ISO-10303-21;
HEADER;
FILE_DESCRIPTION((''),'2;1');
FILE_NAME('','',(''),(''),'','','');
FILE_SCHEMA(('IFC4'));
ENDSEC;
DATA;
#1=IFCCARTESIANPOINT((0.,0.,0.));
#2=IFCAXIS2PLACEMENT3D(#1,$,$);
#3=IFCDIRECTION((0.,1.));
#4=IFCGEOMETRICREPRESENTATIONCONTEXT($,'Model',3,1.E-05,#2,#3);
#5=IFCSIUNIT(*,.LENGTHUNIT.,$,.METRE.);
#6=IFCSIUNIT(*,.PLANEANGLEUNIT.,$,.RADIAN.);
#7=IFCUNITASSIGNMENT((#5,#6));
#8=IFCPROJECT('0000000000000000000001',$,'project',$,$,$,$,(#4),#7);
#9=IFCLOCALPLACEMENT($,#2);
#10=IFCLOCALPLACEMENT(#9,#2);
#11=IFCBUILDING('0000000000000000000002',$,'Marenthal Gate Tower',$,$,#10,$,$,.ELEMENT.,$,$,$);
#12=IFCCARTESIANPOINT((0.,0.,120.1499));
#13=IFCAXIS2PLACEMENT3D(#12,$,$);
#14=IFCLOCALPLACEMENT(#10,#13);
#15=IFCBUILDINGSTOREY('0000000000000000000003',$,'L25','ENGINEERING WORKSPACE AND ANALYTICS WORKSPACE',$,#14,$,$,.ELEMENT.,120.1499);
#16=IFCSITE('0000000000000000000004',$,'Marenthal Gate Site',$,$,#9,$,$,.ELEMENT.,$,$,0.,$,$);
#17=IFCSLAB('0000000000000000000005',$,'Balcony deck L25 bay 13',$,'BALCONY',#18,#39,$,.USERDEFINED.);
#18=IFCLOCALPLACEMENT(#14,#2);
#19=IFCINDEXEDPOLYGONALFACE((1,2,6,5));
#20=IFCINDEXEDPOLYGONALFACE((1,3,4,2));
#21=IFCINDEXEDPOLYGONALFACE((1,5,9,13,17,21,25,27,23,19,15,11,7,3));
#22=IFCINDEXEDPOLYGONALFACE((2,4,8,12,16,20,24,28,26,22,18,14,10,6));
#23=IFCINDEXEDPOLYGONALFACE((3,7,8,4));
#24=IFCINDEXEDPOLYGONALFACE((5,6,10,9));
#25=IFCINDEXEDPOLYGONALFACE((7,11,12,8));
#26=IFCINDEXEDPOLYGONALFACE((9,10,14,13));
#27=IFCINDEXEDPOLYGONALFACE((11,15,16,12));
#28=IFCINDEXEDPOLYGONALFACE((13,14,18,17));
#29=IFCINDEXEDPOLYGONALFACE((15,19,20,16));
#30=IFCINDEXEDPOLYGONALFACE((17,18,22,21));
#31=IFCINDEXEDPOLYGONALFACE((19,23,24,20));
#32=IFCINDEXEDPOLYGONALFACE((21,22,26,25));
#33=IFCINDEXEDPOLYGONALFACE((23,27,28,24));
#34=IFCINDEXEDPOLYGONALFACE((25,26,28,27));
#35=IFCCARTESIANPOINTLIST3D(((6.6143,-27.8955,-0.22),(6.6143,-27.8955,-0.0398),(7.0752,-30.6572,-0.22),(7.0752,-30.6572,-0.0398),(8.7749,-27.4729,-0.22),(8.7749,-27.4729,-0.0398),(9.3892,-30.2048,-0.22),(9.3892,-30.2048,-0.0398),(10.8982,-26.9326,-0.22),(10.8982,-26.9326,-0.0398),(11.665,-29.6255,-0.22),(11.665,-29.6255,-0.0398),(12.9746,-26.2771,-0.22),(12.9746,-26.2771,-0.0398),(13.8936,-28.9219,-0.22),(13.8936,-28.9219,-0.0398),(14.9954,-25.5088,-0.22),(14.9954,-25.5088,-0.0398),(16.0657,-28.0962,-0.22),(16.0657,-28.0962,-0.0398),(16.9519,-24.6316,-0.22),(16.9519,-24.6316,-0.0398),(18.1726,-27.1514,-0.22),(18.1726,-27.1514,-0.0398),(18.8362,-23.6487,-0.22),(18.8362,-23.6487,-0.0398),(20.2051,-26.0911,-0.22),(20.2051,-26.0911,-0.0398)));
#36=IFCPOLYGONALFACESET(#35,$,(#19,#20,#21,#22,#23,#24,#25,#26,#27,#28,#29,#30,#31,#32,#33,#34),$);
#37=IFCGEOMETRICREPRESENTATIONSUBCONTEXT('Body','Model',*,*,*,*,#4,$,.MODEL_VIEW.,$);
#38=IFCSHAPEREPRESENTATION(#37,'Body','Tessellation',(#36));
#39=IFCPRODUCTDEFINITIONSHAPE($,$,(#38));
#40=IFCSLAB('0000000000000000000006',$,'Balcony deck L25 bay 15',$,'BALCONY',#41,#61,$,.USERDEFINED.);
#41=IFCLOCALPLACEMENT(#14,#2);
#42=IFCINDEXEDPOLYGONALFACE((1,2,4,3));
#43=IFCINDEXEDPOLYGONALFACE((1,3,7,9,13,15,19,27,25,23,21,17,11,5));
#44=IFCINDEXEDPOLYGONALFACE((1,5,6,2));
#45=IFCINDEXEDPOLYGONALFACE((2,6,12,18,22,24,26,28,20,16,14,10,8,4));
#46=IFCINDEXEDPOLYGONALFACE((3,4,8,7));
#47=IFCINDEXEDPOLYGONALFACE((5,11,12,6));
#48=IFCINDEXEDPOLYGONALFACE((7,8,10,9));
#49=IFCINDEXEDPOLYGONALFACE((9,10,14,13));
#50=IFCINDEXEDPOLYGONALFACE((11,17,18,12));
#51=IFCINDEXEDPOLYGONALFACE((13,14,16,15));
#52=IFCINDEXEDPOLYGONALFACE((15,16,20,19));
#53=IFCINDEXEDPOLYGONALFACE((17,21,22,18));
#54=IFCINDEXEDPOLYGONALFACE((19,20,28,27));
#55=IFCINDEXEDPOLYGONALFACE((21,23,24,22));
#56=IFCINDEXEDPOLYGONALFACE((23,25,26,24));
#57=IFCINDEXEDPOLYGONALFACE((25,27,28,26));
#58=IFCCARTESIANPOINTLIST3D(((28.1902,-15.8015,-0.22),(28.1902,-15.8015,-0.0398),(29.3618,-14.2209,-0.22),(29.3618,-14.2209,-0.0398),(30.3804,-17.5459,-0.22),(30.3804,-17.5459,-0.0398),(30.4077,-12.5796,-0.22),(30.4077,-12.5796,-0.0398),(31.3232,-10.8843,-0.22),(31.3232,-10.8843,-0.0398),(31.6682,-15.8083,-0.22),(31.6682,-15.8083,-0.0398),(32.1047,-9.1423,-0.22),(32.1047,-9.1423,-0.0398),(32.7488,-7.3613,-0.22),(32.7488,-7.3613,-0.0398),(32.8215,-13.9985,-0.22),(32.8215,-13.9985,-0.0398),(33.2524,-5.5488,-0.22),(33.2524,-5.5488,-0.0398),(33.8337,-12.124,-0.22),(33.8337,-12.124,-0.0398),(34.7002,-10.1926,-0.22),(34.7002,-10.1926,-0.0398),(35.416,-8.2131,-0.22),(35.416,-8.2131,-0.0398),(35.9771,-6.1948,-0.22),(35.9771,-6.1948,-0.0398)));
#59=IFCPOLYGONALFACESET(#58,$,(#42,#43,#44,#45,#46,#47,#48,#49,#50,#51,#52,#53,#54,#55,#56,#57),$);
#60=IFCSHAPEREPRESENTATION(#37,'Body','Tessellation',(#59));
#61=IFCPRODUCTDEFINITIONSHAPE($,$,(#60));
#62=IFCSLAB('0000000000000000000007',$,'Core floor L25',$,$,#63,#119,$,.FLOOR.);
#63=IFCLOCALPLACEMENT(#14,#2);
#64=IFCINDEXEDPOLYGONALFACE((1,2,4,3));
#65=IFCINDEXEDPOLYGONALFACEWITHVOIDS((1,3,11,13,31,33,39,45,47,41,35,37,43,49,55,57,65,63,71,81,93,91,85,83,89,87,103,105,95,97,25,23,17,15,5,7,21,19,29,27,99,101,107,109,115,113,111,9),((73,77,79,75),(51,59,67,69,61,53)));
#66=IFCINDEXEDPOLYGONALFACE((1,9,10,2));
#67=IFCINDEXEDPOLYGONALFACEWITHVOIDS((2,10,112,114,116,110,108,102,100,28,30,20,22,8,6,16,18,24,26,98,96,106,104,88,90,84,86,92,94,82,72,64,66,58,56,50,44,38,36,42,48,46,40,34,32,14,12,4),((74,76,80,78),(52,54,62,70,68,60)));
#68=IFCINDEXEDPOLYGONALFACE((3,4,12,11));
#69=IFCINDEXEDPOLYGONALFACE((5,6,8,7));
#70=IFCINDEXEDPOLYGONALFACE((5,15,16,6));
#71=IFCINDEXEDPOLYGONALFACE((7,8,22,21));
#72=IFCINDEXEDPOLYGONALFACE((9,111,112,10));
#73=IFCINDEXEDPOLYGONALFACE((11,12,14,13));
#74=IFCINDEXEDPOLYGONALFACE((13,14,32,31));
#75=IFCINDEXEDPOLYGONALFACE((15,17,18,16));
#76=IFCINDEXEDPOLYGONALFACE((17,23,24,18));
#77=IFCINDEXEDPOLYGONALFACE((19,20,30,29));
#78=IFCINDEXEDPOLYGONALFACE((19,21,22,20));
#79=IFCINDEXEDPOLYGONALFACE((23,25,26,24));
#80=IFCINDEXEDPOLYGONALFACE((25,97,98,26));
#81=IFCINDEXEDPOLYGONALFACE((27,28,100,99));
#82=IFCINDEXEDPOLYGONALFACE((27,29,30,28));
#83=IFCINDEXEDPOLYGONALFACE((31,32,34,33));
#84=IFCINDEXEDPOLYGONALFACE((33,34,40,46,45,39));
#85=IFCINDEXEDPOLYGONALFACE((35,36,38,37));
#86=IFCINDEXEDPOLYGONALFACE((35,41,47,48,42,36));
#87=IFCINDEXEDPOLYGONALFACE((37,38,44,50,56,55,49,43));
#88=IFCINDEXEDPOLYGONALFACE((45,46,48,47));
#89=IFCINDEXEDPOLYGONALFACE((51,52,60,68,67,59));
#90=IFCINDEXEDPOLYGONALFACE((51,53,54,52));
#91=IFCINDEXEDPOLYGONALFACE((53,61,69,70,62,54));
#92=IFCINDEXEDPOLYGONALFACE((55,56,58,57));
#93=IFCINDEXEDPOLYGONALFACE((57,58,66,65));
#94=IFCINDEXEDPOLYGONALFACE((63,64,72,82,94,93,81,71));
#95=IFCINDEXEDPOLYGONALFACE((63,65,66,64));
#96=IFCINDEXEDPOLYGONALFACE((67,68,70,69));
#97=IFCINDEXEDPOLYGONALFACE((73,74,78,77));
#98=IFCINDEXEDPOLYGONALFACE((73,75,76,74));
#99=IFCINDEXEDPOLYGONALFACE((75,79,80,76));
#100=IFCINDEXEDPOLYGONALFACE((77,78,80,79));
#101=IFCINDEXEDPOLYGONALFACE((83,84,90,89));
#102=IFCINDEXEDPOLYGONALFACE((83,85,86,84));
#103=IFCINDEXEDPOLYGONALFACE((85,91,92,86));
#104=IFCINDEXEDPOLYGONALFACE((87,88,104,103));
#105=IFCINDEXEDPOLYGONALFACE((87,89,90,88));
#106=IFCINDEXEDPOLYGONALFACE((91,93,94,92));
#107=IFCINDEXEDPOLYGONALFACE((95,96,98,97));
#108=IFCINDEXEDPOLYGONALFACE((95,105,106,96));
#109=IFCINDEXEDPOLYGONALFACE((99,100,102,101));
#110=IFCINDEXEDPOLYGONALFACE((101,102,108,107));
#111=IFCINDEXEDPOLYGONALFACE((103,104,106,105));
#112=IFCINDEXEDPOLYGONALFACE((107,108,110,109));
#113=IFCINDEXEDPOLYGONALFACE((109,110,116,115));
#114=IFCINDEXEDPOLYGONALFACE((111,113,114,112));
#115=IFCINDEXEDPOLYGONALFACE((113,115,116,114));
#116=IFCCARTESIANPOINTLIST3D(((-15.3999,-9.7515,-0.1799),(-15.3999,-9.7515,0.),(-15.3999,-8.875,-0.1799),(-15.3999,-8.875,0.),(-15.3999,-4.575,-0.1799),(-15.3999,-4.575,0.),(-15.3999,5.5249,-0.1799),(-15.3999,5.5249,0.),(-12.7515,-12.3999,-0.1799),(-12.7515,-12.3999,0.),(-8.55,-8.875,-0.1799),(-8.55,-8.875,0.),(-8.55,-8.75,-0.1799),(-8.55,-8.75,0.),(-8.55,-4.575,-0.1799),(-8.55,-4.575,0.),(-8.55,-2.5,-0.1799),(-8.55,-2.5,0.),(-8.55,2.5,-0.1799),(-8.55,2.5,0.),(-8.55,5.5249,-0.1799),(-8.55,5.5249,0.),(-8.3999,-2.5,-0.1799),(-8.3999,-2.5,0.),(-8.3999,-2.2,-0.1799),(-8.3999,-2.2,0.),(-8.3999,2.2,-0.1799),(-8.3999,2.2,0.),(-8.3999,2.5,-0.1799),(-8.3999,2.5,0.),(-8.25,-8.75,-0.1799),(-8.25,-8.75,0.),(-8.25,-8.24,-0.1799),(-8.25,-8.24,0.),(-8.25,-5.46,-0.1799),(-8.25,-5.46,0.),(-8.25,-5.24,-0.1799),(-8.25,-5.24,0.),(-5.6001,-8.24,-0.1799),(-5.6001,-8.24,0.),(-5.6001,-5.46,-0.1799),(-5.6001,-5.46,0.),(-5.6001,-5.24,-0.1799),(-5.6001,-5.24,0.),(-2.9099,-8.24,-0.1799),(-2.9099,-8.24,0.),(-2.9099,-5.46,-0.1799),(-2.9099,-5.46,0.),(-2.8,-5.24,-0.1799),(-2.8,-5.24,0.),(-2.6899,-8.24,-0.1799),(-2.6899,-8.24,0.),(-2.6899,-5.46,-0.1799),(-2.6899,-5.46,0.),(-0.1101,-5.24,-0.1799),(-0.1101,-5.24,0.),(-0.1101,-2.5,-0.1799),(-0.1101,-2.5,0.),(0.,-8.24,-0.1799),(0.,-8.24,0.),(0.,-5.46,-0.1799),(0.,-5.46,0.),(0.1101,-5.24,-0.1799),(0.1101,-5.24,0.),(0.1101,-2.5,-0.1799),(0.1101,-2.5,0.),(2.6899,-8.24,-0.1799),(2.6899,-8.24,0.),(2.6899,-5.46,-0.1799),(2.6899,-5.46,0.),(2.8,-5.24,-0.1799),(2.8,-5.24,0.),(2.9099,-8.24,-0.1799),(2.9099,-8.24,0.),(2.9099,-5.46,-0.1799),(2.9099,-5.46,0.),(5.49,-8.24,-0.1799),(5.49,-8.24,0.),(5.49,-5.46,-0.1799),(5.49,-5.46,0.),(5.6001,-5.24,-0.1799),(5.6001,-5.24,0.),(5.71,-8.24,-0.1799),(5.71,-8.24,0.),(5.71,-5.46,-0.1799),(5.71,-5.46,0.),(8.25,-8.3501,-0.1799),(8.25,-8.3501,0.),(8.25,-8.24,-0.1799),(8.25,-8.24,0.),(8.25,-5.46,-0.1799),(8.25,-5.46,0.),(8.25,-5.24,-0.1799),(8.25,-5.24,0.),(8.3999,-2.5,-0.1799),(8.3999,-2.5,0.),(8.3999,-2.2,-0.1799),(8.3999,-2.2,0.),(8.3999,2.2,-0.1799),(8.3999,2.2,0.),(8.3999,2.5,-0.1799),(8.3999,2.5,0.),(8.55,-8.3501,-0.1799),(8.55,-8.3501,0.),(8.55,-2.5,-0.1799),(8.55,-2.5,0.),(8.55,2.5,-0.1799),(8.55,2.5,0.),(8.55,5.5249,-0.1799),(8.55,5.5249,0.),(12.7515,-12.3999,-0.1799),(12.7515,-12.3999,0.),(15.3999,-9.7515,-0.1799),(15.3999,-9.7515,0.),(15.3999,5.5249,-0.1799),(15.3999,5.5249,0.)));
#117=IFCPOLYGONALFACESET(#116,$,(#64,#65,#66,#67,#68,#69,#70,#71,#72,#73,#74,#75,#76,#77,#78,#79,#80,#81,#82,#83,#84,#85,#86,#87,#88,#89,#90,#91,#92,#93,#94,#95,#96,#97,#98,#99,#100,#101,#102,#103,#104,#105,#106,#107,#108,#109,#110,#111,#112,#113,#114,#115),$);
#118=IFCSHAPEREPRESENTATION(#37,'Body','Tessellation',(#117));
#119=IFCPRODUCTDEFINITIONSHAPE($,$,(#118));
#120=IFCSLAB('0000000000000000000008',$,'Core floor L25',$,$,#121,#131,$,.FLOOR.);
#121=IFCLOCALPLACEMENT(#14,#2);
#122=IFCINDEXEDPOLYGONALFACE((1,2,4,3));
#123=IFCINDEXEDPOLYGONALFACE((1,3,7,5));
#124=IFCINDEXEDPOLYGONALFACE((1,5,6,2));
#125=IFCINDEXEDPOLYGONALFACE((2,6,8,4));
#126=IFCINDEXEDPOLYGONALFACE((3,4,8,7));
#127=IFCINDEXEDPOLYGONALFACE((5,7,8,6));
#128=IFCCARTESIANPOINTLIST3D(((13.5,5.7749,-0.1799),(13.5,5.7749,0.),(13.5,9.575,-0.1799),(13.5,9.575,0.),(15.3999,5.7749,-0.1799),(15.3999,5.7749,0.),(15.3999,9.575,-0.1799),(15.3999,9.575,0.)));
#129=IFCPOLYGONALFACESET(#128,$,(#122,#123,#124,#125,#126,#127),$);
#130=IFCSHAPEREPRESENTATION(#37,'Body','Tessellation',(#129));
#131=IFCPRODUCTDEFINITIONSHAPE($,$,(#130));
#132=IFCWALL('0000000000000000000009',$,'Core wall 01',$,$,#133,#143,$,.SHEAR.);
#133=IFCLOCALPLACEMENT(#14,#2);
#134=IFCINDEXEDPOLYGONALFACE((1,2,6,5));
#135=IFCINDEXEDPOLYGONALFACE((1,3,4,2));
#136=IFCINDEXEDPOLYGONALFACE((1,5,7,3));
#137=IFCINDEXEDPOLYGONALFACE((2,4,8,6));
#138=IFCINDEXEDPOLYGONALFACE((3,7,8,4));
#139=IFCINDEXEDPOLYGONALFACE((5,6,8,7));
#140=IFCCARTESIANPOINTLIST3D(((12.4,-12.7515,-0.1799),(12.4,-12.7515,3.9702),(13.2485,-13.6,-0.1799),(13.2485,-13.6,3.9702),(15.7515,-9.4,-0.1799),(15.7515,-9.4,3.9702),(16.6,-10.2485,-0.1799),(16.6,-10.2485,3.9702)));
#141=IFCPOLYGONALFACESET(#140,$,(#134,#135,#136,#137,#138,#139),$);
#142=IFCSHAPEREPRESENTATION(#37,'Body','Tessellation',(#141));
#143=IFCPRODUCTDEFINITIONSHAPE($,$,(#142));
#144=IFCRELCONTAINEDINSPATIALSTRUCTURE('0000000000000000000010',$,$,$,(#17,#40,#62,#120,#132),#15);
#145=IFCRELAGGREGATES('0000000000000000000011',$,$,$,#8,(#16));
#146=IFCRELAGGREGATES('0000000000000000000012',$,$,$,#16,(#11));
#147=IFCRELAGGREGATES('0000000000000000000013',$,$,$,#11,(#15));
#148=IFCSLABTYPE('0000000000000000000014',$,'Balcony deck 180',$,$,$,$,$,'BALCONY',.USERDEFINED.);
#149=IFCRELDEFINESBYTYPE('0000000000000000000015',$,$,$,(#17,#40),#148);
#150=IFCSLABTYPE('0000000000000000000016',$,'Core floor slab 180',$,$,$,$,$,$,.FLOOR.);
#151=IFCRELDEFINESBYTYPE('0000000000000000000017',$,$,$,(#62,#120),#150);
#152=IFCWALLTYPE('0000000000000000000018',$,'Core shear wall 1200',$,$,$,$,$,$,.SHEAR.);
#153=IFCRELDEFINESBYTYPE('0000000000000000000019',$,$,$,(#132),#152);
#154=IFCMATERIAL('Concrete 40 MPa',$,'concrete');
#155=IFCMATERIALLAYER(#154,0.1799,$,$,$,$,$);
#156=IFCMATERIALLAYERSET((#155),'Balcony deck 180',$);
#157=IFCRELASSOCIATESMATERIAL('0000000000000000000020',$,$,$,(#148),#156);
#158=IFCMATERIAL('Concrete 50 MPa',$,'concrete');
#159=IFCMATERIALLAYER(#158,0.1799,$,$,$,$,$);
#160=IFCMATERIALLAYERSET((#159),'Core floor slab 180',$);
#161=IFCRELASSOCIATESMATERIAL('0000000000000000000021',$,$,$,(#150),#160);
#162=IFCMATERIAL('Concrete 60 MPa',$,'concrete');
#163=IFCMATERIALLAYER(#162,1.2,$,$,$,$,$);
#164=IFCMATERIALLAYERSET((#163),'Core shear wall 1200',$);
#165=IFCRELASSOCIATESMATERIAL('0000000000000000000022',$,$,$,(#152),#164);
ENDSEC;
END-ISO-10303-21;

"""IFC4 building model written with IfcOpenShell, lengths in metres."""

from ifc_helpers import new_model, si_unit, direction, frame, frame_2d, origin, place, context, subcontext, project, spatial, polyline, rectangle, outline, extrude, material, layer, layer_set, type_object, element, save


model = new_model("IFC4")

# Units and contexts
model_context = context("Model", 3, precision=1e-05, world=origin(), true_north=direction((0.0, 1.0)))
body_context = subcontext(model_context, "Body", "Model", "MODEL_VIEW")
ifc_project = project(units=[si_unit("LENGTHUNIT", "METRE"), si_unit("PLANEANGLEUNIT", "RADIAN")], contexts=[model_context])

# Site, building, storey
site_placement = place(None, origin())
site = spatial("IfcSite", under=ifc_project, at=site_placement, Name="Marenthal Gate Site", CompositionType="ELEMENT", RefElevation=0.0)
building_placement = place(site_placement, origin())
building = spatial("IfcBuilding", under=site, at=building_placement, Name="Marenthal Gate Tower", CompositionType="ELEMENT")
storey_placement = place(building_placement, frame((0.0, 0.0, 120.1499)))
storey = spatial("IfcBuildingStorey", under=building, at=storey_placement, Name="L25", Description="ENGINEERING WORKSPACE AND ANALYTICS WORKSPACE", CompositionType="ELEMENT", Elevation=120.1499)

# Slabs
ifc_material_1 = material(Name="Concrete 40 MPa", Category="concrete")
ifc_layer_1 = layer(ifc_material_1, 0.1799)
ifc_layer_set_1 = layer_set([ifc_layer_1], Name="Balcony deck 180")
slab_type_1 = type_object("IfcSlabType", Name="Balcony deck 180", ElementType="BALCONY", PredefinedType="USERDEFINED", material=ifc_layer_set_1)
slab_1_placement = place(storey_placement, frame((0.0, 0.0, -0.22)))
element("IfcSlab", 1, at=slab_1_placement, inside=storey, type_object=slab_type_1, Name="Balcony deck L25 bay 13", ObjectType="BALCONY", PredefinedType="USERDEFINED", context=body_context, shape_type="SweptSolid", body=[
    extrude(outline(polyline([(6.6143, -27.8955), (8.7749, -27.4729), (10.8982, -26.9326), (12.9746, -26.2771), (14.9954, -25.5088), (16.9519, -24.6316), (18.8362, -23.6487), (20.2051, -26.0911), (18.1726, -27.1514), (16.0657, -28.0962), (13.8936, -28.9219), (11.665, -29.6255), (9.3892, -30.2048), (7.0752, -30.6572), (6.6143, -27.8955)])), origin(), (0.0, 0.0, 1.0), 0.1802),
])
slab_2_placement = place(storey_placement, frame((0.0, 0.0, -0.22)))
element("IfcSlab", 2, at=slab_2_placement, inside=storey, type_object=slab_type_1, Name="Balcony deck L25 bay 15", ObjectType="BALCONY", PredefinedType="USERDEFINED", context=body_context, shape_type="SweptSolid", body=[
    extrude(outline(polyline([(28.1902, -15.8015), (29.3618, -14.2209), (30.4077, -12.5796), (31.3232, -10.8843), (32.1047, -9.1423), (32.7488, -7.3613), (33.2524, -5.5488), (35.9771, -6.1948), (35.416, -8.2131), (34.7002, -10.1926), (33.8337, -12.124), (32.8215, -13.9985), (31.6682, -15.8083), (30.3804, -17.5459), (28.1902, -15.8015)])), origin(), (0.0, 0.0, 1.0), 0.1802),
])
ifc_material_2 = material(Name="Concrete 50 MPa", Category="concrete")
ifc_layer_2 = layer(ifc_material_2, 0.1799)
ifc_layer_set_2 = layer_set([ifc_layer_2], Name="Core floor slab 180")
slab_type_2 = type_object("IfcSlabType", Name="Core floor slab 180", PredefinedType="FLOOR", material=ifc_layer_set_2)
slab_3_placement = place(storey_placement, frame((0.0, 0.0, -0.1799)))
element("IfcSlab", 3, at=slab_3_placement, inside=storey, type_object=slab_type_2, Name="Core floor L25", PredefinedType="FLOOR", context=body_context, shape_type="SweptSolid", body=[
    extrude(outline(polyline([(15.3999, -9.7515), (12.7515, -12.3999), (-12.7515, -12.3999), (-15.3999, -9.7515), (-15.3999, -8.875), (-8.55, -8.875), (-8.55, -8.75), (-8.25, -8.75), (-8.25, -8.24), (-5.6001, -8.24), (-2.9099, -8.24), (-2.9099, -5.46), (-5.6001, -5.46), (-8.25, -5.46), (-8.25, -5.24), (-5.6001, -5.24), (-2.8, -5.24), (-0.1101, -5.24), (-0.1101, -2.5), (0.1101, -2.5), (0.1101, -5.24), (2.8, -5.24), (5.6001, -5.24), (8.25, -5.24), (8.25, -5.46), (5.71, -5.46), (5.71, -8.24), (8.25, -8.24), (8.25, -8.3501), (8.55, -8.3501), (8.55, -2.5), (8.3999, -2.5), (8.3999, -2.2), (-8.3999, -2.2), (-8.3999, -2.5), (-8.55, -2.5), (-8.55, -4.575), (-15.3999, -4.575), (-15.3999, 5.5249), (-8.55, 5.5249), (-8.55, 2.5), (-8.3999, 2.5), (-8.3999, 2.2), (8.3999, 2.2), (8.3999, 2.5), (8.55, 2.5), (8.55, 5.5249), (15.3999, 5.5249), (15.3999, -9.7515)]), holes=[polyline([(2.6899, -5.46), (0.0, -5.46), (-2.6899, -5.46), (-2.6899, -8.24), (0.0, -8.24), (2.6899, -8.24), (2.6899, -5.46)]), polyline([(5.49, -5.46), (2.9099, -5.46), (2.9099, -8.24), (5.49, -8.24), (5.49, -5.46)])]), origin(), (0.0, 0.0, 1.0), 0.1799),
])
slab_4_placement = place(storey_placement, frame((0.0, 0.0, -0.1799)))
element("IfcSlab", 4, at=slab_4_placement, inside=storey, type_object=slab_type_2, Name="Core floor L25", PredefinedType="FLOOR", context=body_context, shape_type="SweptSolid", body=[
    extrude(outline(polyline([(15.3999, 5.7749), (13.5, 5.7749), (13.5, 9.575), (15.3999, 9.575), (15.3999, 5.7749)])), origin(), (0.0, 0.0, 1.0), 0.1799),
])

# Wall
ifc_material_3 = material(Name="Concrete 60 MPa", Category="concrete")
ifc_layer_3 = layer(ifc_material_3, 1.2)
ifc_layer_set_3 = layer_set([ifc_layer_3], Name="Core shear wall 1200")
wall_type_1 = type_object("IfcWallType", Name="Core shear wall 1200", PredefinedType="SHEAR", material=ifc_layer_set_3)
wall_1_placement = place(storey_placement, frame((12.8242, -13.1758, -0.1799), z_axis=(0.0, 0.0, 1.0), x_axis=(0.707107, 0.707107, 0.0)))
element("IfcWall", 5, at=wall_1_placement, inside=storey, type_object=wall_type_1, Name="Core wall 01", PredefinedType="SHEAR", context=body_context, shape_type="SweptSolid", body=[
    extrude(rectangle(XDim=4.7397, YDim=1.2, at=frame_2d((2.3699, 0.0))), origin(), (0.0, 0.0, 1.0), 4.1501),
])

save(model, "model.ifc")
